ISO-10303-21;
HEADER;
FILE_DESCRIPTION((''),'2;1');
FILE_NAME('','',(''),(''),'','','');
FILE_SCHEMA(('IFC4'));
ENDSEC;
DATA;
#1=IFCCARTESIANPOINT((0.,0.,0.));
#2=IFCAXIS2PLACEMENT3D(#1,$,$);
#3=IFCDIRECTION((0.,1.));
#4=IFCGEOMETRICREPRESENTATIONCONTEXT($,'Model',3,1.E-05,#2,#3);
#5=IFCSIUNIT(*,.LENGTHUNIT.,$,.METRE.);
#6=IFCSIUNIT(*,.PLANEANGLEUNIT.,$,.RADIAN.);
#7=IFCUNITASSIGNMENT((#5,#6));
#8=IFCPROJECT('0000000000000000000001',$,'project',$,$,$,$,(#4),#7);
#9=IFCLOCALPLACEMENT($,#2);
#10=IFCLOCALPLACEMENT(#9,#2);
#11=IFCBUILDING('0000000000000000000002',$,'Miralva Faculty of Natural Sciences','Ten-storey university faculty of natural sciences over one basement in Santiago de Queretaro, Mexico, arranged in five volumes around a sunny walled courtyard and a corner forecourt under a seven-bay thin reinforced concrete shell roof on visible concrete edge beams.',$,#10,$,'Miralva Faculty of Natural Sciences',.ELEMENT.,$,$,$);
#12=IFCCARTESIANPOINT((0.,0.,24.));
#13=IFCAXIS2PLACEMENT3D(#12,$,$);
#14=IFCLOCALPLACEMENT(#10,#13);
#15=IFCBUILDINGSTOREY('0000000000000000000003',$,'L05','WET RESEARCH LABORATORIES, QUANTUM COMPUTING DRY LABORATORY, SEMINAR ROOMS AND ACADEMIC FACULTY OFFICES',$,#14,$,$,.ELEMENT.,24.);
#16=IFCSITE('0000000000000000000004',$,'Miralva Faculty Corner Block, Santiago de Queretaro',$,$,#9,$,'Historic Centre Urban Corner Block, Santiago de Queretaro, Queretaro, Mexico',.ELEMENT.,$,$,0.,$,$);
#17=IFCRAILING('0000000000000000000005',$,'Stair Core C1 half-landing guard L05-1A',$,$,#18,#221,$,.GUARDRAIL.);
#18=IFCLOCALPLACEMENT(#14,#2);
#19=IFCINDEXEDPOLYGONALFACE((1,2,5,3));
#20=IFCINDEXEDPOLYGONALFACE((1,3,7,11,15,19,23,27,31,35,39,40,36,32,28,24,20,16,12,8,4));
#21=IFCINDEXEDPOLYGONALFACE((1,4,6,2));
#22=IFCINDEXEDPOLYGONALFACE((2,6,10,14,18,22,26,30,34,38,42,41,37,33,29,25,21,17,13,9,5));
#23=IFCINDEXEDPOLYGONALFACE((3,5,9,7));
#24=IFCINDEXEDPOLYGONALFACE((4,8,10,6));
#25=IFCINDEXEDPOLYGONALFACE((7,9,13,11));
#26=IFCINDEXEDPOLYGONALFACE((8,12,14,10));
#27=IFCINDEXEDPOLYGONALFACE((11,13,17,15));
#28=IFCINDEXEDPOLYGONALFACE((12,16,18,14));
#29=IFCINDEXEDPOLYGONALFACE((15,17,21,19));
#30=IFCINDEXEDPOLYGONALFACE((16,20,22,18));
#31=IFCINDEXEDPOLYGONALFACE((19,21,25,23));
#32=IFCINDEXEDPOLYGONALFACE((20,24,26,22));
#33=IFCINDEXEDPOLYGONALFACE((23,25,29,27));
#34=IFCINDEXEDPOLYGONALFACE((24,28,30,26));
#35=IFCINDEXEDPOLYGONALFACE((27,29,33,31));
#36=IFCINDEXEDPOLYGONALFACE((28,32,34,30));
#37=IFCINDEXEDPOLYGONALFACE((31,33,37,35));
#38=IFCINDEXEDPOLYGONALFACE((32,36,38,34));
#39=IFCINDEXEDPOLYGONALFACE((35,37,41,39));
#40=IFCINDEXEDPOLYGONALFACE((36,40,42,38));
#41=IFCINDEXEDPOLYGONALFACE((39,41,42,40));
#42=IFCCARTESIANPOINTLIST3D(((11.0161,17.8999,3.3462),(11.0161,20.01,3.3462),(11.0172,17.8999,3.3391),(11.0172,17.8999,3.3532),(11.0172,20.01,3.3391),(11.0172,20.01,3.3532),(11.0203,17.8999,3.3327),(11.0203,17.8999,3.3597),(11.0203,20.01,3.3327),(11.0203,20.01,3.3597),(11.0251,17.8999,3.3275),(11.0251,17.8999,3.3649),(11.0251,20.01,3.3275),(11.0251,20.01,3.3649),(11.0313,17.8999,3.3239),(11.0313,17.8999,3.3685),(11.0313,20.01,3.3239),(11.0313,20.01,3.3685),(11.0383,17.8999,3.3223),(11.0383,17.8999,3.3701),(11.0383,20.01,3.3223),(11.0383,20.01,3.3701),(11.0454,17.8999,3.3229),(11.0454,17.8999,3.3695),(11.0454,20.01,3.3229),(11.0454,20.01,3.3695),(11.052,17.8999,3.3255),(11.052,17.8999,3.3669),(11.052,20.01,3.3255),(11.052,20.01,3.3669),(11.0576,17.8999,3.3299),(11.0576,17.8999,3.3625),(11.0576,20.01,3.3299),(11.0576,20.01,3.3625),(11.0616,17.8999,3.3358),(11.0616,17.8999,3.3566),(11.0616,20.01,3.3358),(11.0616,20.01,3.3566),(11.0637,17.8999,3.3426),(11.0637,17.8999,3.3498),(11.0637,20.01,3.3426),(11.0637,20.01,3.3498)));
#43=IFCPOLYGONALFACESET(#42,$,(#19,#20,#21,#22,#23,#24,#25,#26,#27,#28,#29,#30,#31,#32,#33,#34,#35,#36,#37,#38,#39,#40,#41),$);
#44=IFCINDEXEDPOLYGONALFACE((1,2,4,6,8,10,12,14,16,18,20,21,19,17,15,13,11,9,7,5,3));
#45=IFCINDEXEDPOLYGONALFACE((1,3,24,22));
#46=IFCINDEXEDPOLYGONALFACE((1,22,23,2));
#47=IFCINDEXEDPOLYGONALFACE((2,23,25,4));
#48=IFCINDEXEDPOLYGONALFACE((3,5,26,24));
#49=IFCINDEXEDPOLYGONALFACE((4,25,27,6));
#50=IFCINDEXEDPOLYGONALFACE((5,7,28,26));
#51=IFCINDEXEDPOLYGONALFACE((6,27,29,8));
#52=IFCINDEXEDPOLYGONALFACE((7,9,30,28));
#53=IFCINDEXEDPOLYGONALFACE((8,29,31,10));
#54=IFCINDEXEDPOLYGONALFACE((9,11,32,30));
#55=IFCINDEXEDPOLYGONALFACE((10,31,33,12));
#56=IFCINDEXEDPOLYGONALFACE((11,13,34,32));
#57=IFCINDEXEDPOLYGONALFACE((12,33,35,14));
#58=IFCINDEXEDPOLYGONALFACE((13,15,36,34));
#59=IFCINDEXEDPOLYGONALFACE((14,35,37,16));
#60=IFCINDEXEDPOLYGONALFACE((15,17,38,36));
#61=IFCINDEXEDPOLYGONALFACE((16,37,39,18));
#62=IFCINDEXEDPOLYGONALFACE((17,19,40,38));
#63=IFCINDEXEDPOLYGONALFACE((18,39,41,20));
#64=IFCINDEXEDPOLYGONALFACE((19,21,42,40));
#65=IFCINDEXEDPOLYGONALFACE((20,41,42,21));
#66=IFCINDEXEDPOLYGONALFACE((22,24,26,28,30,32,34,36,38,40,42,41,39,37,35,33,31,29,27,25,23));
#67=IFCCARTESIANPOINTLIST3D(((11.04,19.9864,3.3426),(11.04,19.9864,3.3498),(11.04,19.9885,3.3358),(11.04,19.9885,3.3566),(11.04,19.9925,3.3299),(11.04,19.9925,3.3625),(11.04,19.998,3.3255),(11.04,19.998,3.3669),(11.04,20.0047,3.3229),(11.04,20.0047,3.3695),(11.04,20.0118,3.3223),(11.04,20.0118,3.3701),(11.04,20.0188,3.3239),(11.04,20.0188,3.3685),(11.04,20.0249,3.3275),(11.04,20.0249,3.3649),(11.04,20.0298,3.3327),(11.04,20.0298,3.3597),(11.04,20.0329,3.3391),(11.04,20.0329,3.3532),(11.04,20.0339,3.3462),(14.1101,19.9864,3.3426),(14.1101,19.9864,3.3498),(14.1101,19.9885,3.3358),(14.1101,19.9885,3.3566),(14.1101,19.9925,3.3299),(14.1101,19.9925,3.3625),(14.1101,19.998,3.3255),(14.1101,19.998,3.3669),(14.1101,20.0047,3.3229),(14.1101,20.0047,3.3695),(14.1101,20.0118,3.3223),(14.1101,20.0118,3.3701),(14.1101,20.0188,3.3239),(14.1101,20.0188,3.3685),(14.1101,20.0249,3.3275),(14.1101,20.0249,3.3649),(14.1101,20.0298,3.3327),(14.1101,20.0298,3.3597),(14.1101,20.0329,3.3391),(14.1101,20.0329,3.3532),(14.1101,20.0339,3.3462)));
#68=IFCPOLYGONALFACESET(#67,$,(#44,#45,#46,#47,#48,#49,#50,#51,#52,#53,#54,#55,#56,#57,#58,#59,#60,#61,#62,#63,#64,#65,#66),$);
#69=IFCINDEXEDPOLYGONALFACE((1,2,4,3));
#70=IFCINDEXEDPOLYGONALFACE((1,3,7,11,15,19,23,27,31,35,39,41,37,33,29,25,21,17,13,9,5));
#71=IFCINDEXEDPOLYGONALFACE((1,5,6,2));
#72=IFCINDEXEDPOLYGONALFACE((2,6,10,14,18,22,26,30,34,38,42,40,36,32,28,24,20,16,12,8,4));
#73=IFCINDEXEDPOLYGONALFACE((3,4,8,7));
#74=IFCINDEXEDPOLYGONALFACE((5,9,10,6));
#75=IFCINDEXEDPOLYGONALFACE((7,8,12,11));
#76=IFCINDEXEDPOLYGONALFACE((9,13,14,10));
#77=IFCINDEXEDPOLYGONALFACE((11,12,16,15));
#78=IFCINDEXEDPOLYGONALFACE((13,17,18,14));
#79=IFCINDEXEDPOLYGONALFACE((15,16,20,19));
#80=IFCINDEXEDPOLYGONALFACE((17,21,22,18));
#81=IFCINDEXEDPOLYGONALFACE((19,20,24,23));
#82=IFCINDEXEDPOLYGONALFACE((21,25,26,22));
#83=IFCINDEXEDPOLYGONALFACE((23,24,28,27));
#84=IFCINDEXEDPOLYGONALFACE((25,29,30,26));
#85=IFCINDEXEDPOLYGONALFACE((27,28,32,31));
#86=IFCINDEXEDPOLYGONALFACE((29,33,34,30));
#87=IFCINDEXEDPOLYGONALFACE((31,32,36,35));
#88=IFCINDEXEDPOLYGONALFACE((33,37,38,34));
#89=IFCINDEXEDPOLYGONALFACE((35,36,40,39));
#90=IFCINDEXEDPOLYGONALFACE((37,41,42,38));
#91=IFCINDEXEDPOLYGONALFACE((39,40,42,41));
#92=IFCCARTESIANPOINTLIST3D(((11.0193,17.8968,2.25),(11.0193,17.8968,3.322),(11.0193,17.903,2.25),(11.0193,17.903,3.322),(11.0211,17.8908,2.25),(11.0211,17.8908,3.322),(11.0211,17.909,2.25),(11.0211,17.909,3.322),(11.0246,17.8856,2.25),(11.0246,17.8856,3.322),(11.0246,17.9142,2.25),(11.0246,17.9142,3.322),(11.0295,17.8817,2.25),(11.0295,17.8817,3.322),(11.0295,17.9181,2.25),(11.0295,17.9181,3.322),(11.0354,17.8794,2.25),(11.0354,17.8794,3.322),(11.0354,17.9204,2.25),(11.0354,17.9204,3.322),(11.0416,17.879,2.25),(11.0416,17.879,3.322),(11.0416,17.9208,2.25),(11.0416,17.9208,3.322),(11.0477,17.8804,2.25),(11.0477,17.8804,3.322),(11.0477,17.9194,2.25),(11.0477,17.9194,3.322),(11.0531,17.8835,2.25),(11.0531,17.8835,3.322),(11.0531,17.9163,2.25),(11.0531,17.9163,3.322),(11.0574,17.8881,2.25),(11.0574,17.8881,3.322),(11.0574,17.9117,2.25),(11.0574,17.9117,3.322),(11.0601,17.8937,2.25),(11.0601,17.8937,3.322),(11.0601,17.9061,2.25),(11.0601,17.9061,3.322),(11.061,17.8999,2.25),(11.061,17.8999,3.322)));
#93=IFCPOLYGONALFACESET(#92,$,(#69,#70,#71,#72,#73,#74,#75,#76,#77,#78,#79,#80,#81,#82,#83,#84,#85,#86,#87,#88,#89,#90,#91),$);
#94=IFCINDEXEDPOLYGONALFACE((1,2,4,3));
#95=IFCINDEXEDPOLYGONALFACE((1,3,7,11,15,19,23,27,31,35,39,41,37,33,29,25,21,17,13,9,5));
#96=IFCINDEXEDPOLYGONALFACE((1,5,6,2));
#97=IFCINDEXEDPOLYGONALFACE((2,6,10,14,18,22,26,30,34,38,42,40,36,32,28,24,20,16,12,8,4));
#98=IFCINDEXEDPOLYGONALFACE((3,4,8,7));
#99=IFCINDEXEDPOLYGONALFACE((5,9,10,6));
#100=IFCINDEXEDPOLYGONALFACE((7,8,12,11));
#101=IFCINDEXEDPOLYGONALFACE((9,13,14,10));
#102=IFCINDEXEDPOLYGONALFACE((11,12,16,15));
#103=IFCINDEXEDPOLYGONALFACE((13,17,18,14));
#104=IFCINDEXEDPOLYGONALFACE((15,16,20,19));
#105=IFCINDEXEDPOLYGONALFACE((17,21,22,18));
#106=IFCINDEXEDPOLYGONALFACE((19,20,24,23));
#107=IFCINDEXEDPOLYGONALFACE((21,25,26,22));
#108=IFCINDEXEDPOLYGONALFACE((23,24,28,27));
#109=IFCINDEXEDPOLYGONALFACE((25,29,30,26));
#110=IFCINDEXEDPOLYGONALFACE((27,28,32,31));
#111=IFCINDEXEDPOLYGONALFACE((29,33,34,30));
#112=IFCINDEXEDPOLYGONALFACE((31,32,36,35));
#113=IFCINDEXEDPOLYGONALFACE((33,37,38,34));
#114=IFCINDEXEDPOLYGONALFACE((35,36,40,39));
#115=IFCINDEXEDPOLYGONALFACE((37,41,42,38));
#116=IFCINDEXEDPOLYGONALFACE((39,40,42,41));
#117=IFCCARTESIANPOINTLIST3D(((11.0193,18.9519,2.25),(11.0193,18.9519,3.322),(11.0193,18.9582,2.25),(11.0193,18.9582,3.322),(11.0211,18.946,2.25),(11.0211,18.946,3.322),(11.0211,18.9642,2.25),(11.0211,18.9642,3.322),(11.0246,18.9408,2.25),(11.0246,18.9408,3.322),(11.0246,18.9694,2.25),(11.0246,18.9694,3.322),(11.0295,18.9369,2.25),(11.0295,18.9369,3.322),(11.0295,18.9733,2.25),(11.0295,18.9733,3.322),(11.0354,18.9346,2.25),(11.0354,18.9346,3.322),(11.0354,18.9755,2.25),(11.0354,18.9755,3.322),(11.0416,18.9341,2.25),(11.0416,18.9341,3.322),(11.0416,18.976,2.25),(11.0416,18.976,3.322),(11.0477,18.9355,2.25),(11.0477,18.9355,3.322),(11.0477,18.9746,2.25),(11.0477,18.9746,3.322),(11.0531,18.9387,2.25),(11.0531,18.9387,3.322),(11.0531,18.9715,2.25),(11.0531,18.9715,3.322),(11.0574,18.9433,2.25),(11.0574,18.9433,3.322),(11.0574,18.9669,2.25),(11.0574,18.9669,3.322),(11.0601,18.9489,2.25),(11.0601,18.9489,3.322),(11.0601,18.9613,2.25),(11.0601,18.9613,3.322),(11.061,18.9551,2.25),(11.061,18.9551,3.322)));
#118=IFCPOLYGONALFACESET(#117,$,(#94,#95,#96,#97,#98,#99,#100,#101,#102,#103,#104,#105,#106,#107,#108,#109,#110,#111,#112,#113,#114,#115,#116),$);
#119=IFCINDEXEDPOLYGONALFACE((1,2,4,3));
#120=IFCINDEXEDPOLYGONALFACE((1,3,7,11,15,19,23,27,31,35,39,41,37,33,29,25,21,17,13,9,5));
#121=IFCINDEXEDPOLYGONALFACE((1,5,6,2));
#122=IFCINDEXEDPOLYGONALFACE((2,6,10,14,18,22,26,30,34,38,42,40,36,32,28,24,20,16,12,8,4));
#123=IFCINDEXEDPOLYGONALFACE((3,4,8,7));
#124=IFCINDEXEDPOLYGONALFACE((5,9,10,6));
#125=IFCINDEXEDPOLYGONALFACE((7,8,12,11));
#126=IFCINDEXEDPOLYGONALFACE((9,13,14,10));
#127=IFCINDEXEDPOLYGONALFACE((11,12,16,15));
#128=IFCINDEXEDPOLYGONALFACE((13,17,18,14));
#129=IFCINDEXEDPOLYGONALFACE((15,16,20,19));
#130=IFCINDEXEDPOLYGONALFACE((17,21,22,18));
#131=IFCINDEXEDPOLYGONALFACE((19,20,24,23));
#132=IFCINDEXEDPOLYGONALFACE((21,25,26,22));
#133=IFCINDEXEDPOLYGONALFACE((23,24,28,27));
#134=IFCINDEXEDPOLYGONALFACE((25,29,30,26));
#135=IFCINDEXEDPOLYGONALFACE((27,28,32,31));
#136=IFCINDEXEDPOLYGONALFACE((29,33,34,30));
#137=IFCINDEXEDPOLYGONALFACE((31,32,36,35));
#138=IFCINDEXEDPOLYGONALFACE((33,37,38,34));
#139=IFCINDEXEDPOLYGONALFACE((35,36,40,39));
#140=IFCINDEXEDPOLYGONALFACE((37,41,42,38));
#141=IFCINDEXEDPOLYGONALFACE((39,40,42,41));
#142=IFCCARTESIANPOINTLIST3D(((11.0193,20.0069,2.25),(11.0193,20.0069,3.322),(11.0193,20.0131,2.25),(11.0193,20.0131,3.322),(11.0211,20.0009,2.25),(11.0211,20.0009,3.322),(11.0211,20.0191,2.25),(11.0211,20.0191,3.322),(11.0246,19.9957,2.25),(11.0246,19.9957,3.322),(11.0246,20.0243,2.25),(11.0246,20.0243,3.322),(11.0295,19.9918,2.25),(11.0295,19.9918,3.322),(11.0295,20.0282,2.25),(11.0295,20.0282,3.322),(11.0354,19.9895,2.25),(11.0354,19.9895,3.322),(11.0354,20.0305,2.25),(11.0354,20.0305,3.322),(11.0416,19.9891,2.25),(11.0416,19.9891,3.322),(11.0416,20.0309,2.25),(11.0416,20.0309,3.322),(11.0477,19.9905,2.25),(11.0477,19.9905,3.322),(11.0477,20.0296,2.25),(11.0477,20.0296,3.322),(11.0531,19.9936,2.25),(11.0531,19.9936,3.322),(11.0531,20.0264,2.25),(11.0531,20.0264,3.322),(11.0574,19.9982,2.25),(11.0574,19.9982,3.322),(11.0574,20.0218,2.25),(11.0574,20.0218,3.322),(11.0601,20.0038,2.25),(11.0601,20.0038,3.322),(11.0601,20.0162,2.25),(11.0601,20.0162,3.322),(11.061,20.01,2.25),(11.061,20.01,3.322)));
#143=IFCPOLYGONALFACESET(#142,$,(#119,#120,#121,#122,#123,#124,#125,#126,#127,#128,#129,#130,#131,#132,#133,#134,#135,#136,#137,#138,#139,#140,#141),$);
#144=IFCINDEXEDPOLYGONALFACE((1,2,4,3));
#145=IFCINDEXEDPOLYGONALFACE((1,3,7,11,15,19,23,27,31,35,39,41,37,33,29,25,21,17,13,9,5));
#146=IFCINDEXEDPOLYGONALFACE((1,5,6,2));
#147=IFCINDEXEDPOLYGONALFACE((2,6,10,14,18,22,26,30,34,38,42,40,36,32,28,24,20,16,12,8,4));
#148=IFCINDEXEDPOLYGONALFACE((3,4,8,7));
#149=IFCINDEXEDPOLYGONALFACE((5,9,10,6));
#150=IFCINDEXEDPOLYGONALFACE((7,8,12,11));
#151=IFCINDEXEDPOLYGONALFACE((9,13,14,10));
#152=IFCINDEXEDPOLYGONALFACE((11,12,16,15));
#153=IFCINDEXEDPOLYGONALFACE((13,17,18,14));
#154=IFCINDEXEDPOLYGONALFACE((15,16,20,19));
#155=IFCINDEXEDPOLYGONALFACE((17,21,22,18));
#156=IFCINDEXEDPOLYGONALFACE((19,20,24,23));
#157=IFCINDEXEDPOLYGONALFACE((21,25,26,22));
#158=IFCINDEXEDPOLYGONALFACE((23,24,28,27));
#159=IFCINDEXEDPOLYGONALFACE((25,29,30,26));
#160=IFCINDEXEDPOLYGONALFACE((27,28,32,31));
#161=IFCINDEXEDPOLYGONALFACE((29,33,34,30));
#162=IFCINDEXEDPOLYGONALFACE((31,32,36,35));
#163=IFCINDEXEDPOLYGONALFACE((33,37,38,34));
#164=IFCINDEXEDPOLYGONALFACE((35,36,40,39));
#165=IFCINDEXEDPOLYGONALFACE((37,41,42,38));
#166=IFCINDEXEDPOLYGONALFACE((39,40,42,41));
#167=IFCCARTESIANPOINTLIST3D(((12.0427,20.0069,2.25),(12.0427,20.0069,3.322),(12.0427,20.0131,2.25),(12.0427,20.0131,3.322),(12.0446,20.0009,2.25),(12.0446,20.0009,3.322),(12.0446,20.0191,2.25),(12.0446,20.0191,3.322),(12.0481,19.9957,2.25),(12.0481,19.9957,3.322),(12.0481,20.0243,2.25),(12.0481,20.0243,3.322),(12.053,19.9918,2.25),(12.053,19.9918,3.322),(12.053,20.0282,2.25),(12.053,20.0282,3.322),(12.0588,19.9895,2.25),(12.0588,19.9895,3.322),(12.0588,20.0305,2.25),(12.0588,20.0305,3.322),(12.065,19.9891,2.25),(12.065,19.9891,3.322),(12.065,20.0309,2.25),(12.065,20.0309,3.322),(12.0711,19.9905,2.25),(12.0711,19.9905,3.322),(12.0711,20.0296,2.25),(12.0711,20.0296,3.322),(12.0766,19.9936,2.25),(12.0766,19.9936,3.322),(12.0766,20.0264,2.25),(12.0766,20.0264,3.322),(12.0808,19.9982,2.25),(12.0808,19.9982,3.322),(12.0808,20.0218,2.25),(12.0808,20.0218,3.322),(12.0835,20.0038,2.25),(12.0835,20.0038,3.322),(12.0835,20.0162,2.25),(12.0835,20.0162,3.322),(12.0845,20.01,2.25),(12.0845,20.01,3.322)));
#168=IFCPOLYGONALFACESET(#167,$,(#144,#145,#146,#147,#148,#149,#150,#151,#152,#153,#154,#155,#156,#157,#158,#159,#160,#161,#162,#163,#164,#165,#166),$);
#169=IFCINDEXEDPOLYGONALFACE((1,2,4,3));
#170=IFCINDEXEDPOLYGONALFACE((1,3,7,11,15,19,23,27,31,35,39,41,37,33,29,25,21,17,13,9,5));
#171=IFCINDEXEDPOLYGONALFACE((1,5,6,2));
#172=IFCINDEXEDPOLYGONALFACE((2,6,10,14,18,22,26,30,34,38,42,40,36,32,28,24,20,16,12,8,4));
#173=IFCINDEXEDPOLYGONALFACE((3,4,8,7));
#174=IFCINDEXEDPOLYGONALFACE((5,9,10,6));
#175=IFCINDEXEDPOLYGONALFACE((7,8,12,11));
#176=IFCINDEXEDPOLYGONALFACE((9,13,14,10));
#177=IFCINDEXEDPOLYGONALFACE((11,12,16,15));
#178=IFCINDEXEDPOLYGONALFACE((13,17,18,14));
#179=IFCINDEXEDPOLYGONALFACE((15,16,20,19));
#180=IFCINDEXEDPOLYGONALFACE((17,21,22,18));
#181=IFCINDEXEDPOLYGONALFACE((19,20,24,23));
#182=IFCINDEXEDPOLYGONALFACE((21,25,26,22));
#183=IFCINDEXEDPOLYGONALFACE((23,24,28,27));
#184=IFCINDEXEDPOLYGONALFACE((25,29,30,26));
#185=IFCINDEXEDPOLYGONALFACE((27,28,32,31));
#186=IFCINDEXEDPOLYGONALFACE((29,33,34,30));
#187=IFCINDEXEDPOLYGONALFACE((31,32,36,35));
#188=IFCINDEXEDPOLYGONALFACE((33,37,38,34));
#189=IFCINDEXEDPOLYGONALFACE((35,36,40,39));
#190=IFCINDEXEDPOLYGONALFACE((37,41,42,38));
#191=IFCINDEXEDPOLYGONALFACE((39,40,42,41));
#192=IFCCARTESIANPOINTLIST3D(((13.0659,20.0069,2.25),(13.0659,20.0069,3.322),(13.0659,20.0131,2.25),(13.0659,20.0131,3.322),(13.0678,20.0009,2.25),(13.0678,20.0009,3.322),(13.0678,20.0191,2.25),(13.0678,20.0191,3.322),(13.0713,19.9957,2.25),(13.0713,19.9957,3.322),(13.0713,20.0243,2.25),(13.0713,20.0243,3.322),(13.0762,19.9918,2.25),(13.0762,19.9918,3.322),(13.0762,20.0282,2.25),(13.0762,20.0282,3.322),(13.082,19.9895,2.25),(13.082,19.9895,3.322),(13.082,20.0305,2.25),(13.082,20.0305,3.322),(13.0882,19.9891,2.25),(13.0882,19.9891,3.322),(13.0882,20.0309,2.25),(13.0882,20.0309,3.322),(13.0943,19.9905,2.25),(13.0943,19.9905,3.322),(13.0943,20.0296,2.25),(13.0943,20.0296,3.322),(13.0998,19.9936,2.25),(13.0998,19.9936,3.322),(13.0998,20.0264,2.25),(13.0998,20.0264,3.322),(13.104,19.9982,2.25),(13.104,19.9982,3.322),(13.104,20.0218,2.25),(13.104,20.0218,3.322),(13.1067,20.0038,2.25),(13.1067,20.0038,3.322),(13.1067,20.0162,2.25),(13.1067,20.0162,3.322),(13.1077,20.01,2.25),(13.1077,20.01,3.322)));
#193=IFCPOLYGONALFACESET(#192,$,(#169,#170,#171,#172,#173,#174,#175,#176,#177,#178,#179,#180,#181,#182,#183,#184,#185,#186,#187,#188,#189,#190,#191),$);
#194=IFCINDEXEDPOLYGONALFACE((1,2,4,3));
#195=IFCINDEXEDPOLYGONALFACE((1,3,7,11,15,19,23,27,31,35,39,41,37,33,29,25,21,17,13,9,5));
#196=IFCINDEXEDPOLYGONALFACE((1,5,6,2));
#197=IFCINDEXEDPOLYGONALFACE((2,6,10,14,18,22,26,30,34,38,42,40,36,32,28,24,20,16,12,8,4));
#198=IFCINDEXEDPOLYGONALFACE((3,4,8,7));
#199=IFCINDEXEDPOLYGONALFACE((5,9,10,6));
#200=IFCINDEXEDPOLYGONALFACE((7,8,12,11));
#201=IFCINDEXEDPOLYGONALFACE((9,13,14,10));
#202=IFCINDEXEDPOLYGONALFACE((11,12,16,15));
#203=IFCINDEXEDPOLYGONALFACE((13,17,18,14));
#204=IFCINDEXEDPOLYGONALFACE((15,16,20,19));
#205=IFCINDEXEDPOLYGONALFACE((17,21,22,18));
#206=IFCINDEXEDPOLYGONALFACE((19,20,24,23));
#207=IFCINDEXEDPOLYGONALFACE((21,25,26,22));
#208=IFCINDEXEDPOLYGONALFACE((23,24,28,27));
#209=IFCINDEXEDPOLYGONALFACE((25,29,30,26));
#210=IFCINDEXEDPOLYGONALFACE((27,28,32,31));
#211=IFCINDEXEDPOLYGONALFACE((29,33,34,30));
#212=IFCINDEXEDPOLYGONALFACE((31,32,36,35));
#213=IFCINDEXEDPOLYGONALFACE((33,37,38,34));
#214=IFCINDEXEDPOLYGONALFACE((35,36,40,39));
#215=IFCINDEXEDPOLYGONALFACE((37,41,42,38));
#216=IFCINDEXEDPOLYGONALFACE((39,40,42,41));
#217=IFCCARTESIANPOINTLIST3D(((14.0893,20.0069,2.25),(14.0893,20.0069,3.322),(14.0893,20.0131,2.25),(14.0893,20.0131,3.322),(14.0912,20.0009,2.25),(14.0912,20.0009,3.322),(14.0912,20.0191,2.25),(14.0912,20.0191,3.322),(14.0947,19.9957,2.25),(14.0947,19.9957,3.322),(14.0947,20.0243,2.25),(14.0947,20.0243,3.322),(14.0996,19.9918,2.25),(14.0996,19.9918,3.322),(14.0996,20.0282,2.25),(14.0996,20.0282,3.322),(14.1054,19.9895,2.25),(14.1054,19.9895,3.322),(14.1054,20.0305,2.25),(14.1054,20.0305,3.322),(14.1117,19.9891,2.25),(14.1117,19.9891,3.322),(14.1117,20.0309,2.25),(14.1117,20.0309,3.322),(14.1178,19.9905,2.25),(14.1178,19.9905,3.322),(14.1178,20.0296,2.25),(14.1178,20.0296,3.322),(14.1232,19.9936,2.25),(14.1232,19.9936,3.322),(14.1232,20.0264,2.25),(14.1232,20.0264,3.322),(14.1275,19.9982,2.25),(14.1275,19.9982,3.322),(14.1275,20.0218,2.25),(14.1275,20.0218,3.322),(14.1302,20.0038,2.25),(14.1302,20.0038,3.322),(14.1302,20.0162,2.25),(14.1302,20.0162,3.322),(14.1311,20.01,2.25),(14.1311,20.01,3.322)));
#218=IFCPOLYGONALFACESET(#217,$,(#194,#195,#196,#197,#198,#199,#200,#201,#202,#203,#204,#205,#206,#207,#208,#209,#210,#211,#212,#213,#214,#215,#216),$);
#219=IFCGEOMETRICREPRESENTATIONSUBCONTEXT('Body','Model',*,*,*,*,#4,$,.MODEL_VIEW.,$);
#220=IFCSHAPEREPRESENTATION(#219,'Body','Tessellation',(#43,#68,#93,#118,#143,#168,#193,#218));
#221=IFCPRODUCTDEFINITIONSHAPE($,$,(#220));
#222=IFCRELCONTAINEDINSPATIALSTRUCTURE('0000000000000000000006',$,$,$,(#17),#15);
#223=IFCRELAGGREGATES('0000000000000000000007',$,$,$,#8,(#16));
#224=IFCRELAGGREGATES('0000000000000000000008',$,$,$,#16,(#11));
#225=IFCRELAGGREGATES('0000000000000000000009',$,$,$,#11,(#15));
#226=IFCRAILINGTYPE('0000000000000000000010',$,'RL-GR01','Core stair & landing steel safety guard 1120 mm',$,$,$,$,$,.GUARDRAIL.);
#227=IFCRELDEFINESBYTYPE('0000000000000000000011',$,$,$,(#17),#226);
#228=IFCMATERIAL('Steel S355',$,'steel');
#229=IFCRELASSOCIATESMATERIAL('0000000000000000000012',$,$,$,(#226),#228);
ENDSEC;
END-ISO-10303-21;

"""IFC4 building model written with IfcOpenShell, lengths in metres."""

from ifc_helpers import new_model, si_unit, direction, frame, origin, origin_2d, place, context, subcontext, project, spatial, circle, extrude, material, type_object, element, save


model = new_model("IFC4")

# Units and contexts
model_context = context("Model", 3, precision=1e-05, world=origin(), true_north=direction((0.0, 1.0)))
body_context = subcontext(model_context, "Body", "Model", "MODEL_VIEW")
ifc_project = project(units=[si_unit("LENGTHUNIT", "METRE"), si_unit("PLANEANGLEUNIT", "RADIAN")], contexts=[model_context])

# Site, building, storey
site_placement = place(None, origin())
site = spatial("IfcSite", under=ifc_project, at=site_placement, Name="Miralva Faculty Corner Block, Santiago de Queretaro", LongName="Historic Centre Urban Corner Block, Santiago de Queretaro, Queretaro, Mexico", CompositionType="ELEMENT", RefElevation=0.0)
building_placement = place(site_placement, origin())
building = spatial("IfcBuilding", under=site, at=building_placement, Name="Miralva Faculty of Natural Sciences", Description="Ten-storey university faculty of natural sciences over one basement in Santiago de Queretaro, Mexico, arranged in five volumes around a sunny walled courtyard and a corner forecourt under a seven-bay thin reinforced concrete shell roof on visible concrete edge beams.", LongName="Miralva Faculty of Natural Sciences", CompositionType="ELEMENT")
storey_placement = place(building_placement, frame((0.0, 0.0, 24.0)))
storey = spatial("IfcBuildingStorey", under=building, at=storey_placement, Name="L05", Description="WET RESEARCH LABORATORIES, QUANTUM COMPUTING DRY LABORATORY, SEMINAR ROOMS AND ACADEMIC FACULTY OFFICES", CompositionType="ELEMENT", Elevation=24.0)

# Railing
ifc_material_1 = material(Name="Steel S355", Category="steel")
railing_type_1 = type_object("IfcRailingType", Name="RL-GR01", Description="Core stair & landing steel safety guard 1120 mm", PredefinedType="GUARDRAIL", material=ifc_material_1)
railing_1_placement = place(storey_placement, frame((11.04, 17.8999, 2.25)))
element("IfcRailing", 1, at=railing_1_placement, inside=storey, type_object=railing_type_1, Name="Stair Core C1 half-landing guard L05-1A", PredefinedType="GUARDRAIL", context=body_context, shape_type="SweptSolid", body=[
    extrude(circle(Radius=0.0239, at=origin_2d()), frame((0.0, 0.0, 1.0962), z_axis=(0.0, 1.0, 0.0), x_axis=(-1.0, 0.0, 0.0)), (0.0, 0.0, 1.0), 2.1101),
    extrude(circle(Radius=0.0239, at=origin_2d()), frame((0.0, 2.1101, 1.0962), z_axis=(1.0, 0.0, 0.0), x_axis=(0.0, 1.0, 0.0)), (0.0, 0.0, 1.0), 3.0701),
    extrude(circle(Radius=0.021, at=origin_2d()), origin(), (0.0, 0.0, 1.0), 1.072),
    extrude(circle(Radius=0.021, at=origin_2d()), frame((0.0, 1.0552, 0.0)), (0.0, 0.0, 1.0), 1.072),
    extrude(circle(Radius=0.021, at=origin_2d()), frame((0.0, 2.1101, 0.0)), (0.0, 0.0, 1.0), 1.072),
    extrude(circle(Radius=0.021, at=origin_2d()), frame((1.0234, 2.1101, 0.0)), (0.0, 0.0, 1.0), 1.072),
    extrude(circle(Radius=0.021, at=origin_2d()), frame((2.0466, 2.1101, 0.0)), (0.0, 0.0, 1.0), 1.072),
    extrude(circle(Radius=0.021, at=origin_2d()), frame((3.0701, 2.1101, 0.0)), (0.0, 0.0, 1.0), 1.072),
])

save(model, "model.ifc")
